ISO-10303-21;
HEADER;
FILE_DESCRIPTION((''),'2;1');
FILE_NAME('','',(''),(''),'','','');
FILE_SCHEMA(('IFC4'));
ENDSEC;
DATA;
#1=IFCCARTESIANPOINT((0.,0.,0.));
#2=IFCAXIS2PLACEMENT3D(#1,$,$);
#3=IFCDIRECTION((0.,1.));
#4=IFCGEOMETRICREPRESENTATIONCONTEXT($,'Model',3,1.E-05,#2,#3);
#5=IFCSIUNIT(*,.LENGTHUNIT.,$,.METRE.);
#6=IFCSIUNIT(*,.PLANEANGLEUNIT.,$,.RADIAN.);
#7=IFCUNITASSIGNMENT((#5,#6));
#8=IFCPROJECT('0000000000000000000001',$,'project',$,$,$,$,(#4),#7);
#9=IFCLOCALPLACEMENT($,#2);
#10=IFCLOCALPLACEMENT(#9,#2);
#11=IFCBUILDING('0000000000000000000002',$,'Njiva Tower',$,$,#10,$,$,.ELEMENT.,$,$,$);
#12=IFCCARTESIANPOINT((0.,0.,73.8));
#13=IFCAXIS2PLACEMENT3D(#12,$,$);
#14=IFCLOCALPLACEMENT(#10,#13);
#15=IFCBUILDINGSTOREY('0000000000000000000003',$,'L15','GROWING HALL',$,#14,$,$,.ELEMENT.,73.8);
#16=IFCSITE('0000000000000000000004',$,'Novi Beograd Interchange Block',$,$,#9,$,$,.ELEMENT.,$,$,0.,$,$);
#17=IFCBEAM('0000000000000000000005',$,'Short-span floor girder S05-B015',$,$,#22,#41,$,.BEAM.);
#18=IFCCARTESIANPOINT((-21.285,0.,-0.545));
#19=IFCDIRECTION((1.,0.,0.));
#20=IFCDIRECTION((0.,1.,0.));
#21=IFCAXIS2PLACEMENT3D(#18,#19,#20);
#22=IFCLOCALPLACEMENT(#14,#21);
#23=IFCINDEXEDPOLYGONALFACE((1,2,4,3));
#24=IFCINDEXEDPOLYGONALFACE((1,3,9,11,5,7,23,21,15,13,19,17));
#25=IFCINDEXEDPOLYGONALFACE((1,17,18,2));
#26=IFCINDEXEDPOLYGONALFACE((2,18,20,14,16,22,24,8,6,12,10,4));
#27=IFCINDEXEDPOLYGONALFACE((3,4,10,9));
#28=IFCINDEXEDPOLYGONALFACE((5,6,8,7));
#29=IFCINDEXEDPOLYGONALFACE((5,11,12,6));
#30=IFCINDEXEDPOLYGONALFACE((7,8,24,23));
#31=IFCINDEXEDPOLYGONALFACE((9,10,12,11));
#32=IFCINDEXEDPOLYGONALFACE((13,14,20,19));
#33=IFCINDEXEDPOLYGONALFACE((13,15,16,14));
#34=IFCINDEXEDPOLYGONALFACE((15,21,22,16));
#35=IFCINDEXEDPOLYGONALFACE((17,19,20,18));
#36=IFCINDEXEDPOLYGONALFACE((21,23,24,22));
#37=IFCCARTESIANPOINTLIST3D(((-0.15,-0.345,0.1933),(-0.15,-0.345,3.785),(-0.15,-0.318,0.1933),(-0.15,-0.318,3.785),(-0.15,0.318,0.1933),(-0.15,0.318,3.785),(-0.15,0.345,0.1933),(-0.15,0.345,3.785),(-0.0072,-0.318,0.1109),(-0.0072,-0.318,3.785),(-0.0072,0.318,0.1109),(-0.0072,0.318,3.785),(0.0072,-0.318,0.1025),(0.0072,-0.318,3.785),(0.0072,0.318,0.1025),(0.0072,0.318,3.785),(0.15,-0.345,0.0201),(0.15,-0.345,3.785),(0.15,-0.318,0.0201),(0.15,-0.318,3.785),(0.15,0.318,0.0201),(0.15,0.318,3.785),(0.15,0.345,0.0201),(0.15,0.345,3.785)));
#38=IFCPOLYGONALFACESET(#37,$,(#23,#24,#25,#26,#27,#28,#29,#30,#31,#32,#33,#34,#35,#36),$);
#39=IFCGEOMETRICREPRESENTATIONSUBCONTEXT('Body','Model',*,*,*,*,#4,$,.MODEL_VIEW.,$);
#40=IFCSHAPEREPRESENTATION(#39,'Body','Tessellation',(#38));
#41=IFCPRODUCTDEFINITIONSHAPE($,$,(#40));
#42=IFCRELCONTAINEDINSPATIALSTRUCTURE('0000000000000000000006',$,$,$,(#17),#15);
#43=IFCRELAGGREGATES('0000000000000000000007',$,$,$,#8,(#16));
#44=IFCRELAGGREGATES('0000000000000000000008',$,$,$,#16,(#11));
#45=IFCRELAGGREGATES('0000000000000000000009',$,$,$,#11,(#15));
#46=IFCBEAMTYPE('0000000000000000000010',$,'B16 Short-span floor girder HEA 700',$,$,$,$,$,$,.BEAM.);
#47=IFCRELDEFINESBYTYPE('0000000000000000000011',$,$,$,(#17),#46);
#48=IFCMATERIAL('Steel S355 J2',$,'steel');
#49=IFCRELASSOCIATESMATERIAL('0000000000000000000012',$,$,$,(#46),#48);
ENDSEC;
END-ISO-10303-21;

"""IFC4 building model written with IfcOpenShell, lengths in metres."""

from ifc_helpers import new_model, si_unit, direction, frame, origin, origin_2d, place, context, subcontext, project, spatial, i_section, extrude, clip, halfspace, material, material_profile, profile_set, type_object, element, save


model = new_model("IFC4")

# Units and contexts
model_context = context("Model", 3, precision=1e-05, world=origin(), true_north=direction((0.0, 1.0)))
body_context = subcontext(model_context, "Body", "Model", "MODEL_VIEW")
ifc_project = project(units=[si_unit("LENGTHUNIT", "METRE"), si_unit("PLANEANGLEUNIT", "RADIAN")], contexts=[model_context])

# Site, building, storey
site_placement = place(None, origin())
site = spatial("IfcSite", under=ifc_project, at=site_placement, Name="Novi Beograd Interchange Block", CompositionType="ELEMENT", RefElevation=0.0)
building_placement = place(site_placement, origin())
building = spatial("IfcBuilding", under=site, at=building_placement, Name="Njiva Tower", CompositionType="ELEMENT")
storey_placement = place(building_placement, frame((0.0, 0.0, 73.8)))
storey = spatial("IfcBuildingStorey", under=building, at=storey_placement, Name="L15", Description="GROWING HALL", CompositionType="ELEMENT", Elevation=73.8)

# Beam
ifc_material_1 = material(Name="Steel S355 J2", Category="steel")
ifc_material_profile_1 = material_profile(ifc_material_1, i_section(OverallWidth=0.3, OverallDepth=0.69, WebThickness=0.0145, FlangeThickness=0.027, at=origin_2d()), Name="HEA 700")
ifc_profile_set_1 = profile_set([ifc_material_profile_1], Name="Steel S355 J2")
beam_type_1 = type_object("IfcBeamType", Name="B16 Short-span floor girder HEA 700", PredefinedType="BEAM", material=ifc_profile_set_1)
beam_1_placement = place(storey_placement, frame((-21.285, 0.0, -0.545), z_axis=(1.0, 0.0, 0.0), x_axis=(0.0, 1.0, 0.0)))
element("IfcBeam", 1, at=beam_1_placement, inside=storey, type_object=beam_type_1, Name="Short-span floor girder S05-B015", PredefinedType="BEAM", context=body_context, shape_type="Clipping", body=[
    clip(extrude(i_section(OverallWidth=0.3, OverallDepth=0.69, WebThickness=0.0145, FlangeThickness=0.027, at=origin_2d()), origin(), (0.0, 0.0, 1.0), 3.785), halfspace(frame((-0.025, 0.0, 0.1211), z_axis=(-0.499998, 0.0, -0.866027), x_axis=(0.0, -1.0, 0.0)), False)),
])

save(model, "model.ifc")
